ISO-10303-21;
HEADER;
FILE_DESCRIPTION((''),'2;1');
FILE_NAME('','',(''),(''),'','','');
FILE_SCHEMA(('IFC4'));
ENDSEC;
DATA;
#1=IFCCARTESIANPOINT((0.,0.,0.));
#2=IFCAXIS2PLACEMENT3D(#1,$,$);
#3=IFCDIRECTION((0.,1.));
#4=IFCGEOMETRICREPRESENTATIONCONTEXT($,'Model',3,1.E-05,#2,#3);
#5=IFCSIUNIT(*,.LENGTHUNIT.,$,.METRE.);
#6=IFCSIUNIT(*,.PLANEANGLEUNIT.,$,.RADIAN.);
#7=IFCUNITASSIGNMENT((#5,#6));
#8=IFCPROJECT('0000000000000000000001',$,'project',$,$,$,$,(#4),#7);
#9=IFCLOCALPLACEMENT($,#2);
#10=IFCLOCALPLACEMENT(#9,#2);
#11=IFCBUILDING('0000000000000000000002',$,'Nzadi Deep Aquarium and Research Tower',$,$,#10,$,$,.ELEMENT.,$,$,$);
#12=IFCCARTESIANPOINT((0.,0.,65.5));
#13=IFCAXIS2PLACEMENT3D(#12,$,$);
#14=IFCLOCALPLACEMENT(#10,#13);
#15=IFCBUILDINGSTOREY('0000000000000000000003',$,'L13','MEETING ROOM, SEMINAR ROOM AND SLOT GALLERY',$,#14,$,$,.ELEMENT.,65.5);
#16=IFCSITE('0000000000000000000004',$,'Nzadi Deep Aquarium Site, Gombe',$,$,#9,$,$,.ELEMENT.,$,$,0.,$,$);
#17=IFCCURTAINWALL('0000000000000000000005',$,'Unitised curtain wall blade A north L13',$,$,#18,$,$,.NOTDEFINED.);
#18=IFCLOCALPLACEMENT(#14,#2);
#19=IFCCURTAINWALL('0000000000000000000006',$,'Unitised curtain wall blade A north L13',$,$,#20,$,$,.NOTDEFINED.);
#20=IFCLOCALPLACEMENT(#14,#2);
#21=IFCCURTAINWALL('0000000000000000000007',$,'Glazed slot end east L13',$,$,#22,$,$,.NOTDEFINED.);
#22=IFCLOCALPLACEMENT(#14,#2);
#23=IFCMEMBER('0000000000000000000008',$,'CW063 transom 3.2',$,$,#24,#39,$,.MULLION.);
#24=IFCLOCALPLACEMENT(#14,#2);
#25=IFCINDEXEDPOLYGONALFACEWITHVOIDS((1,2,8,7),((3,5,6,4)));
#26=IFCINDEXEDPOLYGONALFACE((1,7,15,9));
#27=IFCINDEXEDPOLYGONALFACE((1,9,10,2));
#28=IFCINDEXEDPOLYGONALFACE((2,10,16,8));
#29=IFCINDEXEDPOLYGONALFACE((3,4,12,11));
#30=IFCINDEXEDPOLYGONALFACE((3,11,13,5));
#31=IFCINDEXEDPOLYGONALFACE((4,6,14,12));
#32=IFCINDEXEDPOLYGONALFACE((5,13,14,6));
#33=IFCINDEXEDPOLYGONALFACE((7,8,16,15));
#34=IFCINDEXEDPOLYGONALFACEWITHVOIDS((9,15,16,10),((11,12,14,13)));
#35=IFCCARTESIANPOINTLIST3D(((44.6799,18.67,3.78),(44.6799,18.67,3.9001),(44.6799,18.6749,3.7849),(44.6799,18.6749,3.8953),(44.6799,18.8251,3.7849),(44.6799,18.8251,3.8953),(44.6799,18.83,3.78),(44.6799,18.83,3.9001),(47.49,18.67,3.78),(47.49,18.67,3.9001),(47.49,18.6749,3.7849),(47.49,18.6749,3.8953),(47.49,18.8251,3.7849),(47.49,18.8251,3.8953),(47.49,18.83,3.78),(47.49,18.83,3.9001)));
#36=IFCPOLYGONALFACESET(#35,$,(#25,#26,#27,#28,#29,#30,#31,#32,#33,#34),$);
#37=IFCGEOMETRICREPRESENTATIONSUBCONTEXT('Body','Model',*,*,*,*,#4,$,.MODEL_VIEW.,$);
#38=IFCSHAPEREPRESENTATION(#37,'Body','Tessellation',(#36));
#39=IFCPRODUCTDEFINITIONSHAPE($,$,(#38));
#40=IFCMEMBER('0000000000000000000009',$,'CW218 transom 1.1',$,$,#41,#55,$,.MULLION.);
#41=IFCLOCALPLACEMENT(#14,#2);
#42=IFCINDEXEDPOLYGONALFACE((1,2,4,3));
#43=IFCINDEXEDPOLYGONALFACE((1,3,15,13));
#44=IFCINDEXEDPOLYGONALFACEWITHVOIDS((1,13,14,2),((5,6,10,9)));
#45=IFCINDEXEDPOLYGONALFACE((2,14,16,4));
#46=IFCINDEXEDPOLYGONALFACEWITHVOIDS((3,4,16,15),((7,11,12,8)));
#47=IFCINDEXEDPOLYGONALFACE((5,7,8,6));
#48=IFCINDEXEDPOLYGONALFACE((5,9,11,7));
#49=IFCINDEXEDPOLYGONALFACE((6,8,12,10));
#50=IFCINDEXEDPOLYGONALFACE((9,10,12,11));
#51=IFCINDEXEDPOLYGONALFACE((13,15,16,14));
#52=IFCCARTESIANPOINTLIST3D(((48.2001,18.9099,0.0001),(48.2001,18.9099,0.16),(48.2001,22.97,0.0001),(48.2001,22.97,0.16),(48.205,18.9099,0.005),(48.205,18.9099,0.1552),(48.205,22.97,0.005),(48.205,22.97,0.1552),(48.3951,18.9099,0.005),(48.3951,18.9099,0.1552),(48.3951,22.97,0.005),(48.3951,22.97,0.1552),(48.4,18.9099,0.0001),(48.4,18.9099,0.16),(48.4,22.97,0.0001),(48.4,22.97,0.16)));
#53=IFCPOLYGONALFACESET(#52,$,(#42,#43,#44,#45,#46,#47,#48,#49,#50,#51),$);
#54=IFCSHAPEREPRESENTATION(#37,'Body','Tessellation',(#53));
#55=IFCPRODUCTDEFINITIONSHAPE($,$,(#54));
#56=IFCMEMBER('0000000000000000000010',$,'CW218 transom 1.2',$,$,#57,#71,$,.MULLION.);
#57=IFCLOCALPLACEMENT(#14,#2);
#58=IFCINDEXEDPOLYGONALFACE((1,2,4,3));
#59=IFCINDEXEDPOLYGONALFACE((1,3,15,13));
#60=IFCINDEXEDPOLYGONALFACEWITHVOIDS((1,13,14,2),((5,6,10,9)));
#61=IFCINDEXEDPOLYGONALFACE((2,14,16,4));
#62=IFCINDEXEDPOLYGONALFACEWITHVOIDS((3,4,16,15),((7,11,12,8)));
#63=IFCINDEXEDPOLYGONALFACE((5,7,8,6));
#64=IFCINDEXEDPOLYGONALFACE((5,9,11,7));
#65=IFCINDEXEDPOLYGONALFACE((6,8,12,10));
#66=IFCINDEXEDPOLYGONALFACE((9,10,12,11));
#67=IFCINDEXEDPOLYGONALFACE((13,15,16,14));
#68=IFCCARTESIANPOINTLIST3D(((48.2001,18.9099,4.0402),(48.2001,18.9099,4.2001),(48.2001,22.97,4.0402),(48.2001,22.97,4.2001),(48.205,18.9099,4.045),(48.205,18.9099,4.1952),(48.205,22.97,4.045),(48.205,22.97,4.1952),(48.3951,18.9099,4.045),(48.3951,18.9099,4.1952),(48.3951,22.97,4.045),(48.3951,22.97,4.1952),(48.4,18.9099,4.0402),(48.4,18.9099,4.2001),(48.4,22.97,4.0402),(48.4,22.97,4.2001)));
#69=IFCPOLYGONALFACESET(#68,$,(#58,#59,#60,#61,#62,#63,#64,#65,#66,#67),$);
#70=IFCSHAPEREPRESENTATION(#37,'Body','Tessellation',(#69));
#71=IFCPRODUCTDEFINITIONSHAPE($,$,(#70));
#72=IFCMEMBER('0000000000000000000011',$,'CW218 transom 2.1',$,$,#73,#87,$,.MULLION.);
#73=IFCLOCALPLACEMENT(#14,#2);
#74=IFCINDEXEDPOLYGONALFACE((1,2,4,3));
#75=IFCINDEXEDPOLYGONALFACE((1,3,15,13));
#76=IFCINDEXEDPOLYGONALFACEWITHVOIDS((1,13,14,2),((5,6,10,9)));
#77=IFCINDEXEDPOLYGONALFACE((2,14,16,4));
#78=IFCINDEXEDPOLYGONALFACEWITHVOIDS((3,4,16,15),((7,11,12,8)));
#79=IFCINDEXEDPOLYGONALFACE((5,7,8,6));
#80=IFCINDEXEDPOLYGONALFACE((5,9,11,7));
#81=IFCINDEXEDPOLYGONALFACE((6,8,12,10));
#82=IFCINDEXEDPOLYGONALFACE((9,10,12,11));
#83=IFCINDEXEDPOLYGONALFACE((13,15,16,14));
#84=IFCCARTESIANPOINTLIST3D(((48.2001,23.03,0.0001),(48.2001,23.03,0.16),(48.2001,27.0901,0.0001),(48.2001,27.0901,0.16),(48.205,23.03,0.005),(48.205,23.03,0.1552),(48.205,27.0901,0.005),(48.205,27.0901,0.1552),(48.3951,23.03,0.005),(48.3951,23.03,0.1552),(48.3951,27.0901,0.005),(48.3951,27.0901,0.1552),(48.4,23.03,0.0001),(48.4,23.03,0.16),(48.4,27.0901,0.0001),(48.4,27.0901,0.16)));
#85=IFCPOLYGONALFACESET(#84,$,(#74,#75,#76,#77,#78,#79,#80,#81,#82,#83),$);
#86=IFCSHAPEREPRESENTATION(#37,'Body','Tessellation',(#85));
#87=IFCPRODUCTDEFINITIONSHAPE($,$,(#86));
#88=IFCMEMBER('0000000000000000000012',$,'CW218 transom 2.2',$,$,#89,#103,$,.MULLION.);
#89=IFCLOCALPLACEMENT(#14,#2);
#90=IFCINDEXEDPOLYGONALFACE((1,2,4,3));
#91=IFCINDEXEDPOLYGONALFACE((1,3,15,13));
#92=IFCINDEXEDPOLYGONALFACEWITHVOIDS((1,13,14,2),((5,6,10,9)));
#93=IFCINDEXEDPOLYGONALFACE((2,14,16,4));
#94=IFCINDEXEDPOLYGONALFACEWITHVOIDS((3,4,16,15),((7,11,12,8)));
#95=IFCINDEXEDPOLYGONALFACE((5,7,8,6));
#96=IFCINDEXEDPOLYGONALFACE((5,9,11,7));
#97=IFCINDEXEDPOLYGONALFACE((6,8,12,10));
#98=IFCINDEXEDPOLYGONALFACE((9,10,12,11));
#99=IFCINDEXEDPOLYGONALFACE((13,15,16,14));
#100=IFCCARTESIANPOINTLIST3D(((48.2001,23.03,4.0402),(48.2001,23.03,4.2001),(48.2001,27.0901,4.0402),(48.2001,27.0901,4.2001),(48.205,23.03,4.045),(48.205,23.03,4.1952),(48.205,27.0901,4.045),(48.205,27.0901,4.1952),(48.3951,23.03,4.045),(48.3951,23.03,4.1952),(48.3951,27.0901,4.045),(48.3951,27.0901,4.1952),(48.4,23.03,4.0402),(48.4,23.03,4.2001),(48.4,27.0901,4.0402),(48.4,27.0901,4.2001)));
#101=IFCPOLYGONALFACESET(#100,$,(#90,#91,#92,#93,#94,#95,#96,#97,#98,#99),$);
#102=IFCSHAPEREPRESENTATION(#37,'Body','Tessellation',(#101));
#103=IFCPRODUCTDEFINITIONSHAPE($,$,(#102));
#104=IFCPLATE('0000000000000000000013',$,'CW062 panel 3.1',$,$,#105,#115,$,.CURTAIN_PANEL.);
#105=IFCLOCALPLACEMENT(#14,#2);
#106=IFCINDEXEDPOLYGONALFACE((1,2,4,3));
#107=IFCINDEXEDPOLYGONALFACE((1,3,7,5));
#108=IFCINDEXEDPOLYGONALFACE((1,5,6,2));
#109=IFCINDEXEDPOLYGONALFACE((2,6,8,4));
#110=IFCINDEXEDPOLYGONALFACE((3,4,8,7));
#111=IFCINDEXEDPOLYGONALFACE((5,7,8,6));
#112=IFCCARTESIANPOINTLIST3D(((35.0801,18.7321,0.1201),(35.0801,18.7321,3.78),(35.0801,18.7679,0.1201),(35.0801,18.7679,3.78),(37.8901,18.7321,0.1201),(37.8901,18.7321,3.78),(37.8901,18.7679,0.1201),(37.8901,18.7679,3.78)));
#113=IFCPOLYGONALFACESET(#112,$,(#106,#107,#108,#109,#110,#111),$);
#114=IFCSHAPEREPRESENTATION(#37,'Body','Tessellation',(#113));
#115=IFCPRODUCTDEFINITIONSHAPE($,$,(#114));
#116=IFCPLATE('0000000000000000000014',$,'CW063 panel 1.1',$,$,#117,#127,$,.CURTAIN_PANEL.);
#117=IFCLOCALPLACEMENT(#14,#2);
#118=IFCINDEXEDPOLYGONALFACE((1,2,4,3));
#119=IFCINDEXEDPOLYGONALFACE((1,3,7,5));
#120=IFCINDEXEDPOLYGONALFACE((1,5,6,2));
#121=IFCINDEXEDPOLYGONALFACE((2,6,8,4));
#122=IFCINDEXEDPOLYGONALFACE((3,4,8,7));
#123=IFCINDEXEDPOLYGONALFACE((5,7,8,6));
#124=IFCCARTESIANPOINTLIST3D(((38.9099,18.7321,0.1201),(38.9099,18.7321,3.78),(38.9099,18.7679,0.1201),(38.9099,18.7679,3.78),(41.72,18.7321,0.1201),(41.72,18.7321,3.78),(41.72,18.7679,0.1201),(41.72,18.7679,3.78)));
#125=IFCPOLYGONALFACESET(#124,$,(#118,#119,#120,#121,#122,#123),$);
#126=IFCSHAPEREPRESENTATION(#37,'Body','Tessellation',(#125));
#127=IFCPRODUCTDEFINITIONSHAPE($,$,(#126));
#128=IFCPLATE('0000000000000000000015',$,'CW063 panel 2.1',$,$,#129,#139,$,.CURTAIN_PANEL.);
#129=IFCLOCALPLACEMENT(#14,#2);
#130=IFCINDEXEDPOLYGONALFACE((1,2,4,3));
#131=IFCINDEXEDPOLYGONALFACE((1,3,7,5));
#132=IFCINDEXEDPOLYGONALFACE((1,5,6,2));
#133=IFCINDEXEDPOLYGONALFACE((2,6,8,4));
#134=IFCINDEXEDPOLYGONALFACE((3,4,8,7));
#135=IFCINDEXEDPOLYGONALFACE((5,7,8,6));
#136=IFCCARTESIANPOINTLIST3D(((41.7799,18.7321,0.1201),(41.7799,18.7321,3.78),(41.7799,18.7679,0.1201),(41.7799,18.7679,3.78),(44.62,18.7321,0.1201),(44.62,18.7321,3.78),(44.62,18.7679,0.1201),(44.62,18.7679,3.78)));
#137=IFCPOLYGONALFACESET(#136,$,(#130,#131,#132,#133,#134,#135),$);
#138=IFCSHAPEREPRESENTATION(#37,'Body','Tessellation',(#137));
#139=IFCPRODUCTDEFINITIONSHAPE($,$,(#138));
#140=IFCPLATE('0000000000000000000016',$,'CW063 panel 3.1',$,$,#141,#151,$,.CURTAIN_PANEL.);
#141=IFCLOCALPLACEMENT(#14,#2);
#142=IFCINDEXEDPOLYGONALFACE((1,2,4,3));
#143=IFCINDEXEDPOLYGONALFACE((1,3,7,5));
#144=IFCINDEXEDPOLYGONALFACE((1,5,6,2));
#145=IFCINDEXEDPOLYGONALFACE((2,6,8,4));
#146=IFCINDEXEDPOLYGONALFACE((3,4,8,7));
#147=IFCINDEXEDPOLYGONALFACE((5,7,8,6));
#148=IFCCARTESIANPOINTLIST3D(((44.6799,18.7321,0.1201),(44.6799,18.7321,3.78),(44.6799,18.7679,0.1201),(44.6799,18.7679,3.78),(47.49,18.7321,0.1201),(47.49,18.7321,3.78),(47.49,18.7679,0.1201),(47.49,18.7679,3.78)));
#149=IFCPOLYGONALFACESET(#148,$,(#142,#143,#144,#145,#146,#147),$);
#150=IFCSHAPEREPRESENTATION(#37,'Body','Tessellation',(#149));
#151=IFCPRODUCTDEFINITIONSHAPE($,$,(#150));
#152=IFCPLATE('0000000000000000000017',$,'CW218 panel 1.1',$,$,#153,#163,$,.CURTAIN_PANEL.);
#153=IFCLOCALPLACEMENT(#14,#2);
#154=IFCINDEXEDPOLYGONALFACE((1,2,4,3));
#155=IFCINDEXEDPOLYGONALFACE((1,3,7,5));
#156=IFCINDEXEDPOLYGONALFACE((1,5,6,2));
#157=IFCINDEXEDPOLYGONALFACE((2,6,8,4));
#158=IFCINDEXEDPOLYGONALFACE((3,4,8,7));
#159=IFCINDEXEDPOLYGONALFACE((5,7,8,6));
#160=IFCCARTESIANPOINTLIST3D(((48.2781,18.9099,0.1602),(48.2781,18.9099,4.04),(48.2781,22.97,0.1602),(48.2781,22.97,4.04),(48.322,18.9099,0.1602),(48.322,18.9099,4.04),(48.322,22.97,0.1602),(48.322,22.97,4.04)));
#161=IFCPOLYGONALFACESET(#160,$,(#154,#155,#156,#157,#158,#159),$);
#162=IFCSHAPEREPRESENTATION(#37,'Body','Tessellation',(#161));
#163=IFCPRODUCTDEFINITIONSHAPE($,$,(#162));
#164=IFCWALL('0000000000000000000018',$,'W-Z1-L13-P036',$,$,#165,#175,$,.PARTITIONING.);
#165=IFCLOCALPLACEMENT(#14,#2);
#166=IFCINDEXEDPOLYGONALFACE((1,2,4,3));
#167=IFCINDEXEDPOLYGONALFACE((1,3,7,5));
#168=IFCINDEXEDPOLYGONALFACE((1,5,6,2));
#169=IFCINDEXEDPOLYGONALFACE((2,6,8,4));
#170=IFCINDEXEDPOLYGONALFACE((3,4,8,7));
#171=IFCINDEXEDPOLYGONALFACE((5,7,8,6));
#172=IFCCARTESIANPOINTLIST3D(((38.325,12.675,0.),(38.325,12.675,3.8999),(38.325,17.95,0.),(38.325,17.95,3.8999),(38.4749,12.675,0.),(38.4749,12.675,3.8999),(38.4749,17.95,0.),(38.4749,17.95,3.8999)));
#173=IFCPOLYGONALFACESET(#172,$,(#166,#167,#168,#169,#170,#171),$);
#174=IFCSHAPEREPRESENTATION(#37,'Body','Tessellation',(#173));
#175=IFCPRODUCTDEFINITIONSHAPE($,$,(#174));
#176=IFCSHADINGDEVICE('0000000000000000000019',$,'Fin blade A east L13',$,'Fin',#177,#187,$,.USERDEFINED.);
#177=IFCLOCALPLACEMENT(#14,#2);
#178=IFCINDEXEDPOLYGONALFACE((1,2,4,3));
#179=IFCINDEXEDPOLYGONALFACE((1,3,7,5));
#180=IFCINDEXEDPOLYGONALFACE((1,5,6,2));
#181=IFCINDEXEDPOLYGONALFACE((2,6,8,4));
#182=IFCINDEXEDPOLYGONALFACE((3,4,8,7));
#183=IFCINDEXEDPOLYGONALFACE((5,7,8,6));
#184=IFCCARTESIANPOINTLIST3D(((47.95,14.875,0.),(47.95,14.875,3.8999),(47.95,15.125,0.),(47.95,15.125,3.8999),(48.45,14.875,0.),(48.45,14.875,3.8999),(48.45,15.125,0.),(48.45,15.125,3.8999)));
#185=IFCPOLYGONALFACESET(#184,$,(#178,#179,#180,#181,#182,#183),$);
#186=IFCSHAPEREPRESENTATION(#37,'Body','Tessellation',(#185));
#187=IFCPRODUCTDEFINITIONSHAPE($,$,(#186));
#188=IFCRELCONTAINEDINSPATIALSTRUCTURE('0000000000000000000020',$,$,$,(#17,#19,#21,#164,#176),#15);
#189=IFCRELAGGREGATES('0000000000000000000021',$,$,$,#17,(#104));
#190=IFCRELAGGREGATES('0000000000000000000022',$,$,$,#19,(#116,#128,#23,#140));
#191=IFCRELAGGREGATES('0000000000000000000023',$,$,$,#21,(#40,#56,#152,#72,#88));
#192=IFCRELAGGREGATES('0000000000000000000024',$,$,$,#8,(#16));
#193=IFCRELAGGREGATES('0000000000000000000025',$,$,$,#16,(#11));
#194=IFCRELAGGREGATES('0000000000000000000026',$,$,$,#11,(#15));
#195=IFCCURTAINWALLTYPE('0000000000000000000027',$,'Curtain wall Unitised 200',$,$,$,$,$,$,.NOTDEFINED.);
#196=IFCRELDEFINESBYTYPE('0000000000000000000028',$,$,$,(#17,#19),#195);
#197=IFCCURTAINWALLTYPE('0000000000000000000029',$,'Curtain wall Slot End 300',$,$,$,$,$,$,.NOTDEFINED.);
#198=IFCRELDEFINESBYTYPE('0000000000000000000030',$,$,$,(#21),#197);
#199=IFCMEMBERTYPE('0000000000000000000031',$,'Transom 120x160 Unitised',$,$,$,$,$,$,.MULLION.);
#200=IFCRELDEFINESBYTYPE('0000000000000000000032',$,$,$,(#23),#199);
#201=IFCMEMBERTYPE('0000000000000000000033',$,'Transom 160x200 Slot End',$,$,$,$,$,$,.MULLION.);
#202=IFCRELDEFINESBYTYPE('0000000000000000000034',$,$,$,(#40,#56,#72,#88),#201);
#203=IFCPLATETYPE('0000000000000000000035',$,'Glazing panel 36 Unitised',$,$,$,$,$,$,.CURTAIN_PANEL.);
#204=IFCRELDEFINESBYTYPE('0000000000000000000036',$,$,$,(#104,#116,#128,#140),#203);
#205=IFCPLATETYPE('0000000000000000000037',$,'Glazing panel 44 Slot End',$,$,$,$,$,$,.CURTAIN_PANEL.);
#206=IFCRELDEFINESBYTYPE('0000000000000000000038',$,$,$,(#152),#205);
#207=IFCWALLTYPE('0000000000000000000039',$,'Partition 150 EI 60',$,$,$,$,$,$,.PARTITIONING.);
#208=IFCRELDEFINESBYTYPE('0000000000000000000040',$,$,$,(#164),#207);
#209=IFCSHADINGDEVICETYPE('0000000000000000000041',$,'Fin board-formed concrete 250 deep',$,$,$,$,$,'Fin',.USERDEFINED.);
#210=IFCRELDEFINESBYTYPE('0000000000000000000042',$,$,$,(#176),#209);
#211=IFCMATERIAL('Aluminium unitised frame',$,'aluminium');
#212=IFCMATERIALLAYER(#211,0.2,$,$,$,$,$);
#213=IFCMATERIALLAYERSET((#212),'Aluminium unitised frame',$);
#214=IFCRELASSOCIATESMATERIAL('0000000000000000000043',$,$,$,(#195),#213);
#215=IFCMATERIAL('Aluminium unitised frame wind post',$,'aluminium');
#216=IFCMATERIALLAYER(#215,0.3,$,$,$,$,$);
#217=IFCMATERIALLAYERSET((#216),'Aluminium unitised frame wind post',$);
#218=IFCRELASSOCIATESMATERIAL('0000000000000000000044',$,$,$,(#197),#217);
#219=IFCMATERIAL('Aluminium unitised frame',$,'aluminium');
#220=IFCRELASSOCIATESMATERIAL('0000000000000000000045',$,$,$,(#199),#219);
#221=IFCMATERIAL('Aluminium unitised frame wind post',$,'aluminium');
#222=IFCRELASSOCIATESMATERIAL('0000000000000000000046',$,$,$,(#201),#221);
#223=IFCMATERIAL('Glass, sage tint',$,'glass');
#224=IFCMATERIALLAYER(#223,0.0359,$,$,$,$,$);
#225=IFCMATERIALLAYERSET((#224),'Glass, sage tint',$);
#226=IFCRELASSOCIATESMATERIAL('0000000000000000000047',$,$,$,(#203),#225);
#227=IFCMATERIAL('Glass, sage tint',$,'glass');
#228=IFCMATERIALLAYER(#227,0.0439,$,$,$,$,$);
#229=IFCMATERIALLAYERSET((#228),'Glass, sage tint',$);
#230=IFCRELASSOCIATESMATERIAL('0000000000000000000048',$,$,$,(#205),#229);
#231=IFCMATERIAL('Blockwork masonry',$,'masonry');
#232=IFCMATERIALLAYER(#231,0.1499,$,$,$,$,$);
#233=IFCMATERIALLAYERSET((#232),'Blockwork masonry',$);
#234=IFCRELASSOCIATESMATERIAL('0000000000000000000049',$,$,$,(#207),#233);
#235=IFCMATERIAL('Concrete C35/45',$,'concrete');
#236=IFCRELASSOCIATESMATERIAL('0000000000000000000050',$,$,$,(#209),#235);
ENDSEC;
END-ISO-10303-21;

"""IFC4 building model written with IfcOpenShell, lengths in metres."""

from ifc_helpers import new_model, si_unit, direction, frame, frame_2d, origin, origin_2d, place, context, subcontext, project, spatial, rectangle, hollow_rectangle, extrude, material, layer, layer_set, material_profile, profile_set, type_object, element, aggregate, save


model = new_model("IFC4")

# Units and contexts
model_context = context("Model", 3, precision=1e-05, world=origin(), true_north=direction((0.0, 1.0)))
body_context = subcontext(model_context, "Body", "Model", "MODEL_VIEW")
ifc_project = project(units=[si_unit("LENGTHUNIT", "METRE"), si_unit("PLANEANGLEUNIT", "RADIAN")], contexts=[model_context])

# Site, building, storey
site_placement = place(None, origin())
site = spatial("IfcSite", under=ifc_project, at=site_placement, Name="Nzadi Deep Aquarium Site, Gombe", CompositionType="ELEMENT", RefElevation=0.0)
building_placement = place(site_placement, origin())
building = spatial("IfcBuilding", under=site, at=building_placement, Name="Nzadi Deep Aquarium and Research Tower", CompositionType="ELEMENT")
storey_placement = place(building_placement, frame((0.0, 0.0, 65.5)))
storey = spatial("IfcBuildingStorey", under=building, at=storey_placement, Name="L13", Description="MEETING ROOM, SEMINAR ROOM AND SLOT GALLERY", CompositionType="ELEMENT", Elevation=65.5)

# Curtain wall
ifc_material_1 = material(Name="Aluminium unitised frame", Category="aluminium")
ifc_layer_1 = layer(ifc_material_1, 0.2)
ifc_layer_set_1 = layer_set([ifc_layer_1], Name="Aluminium unitised frame")
curtain_wall_type_1 = type_object("IfcCurtainWallType", Name="Curtain wall Unitised 200", PredefinedType="NOTDEFINED", material=ifc_layer_set_1)
curtain_wall_1_placement = place(storey_placement, origin())
curtain_wall_1 = element("IfcCurtainWall", 1, at=curtain_wall_1_placement, inside=storey, type_object=curtain_wall_type_1, Name="Unitised curtain wall blade A north L13", PredefinedType="NOTDEFINED")

# Curtain walls
curtain_wall_2_placement = place(storey_placement, origin())
curtain_wall_2 = element("IfcCurtainWall", 2, at=curtain_wall_2_placement, inside=storey, type_object=curtain_wall_type_1, Name="Unitised curtain wall blade A north L13", PredefinedType="NOTDEFINED")
ifc_material_2 = material(Name="Aluminium unitised frame wind post", Category="aluminium")
ifc_layer_2 = layer(ifc_material_2, 0.3)
ifc_layer_set_2 = layer_set([ifc_layer_2], Name="Aluminium unitised frame wind post")
curtain_wall_type_2 = type_object("IfcCurtainWallType", Name="Curtain wall Slot End 300", PredefinedType="NOTDEFINED", material=ifc_layer_set_2)
curtain_wall_3_placement = place(storey_placement, origin())
curtain_wall_3 = element("IfcCurtainWall", 3, at=curtain_wall_3_placement, inside=storey, type_object=curtain_wall_type_2, Name="Glazed slot end east L13", PredefinedType="NOTDEFINED")

# Members
ifc_material_3 = material(Name="Aluminium unitised frame", Category="aluminium")
ifc_material_profile_1 = material_profile(ifc_material_3, hollow_rectangle(XDim=0.1599, YDim=0.1201, WallThickness=0.0049, at=origin_2d()))
ifc_profile_set_1 = profile_set([ifc_material_profile_1], Name="Aluminium unitised frame")
member_type_1 = type_object("IfcMemberType", Name="Transom 120x160 Unitised", PredefinedType="MULLION", material=ifc_profile_set_1)
member_1_placement = place(storey_placement, frame((44.6799, 18.75, 3.8401), z_axis=(1.0, 0.0, 0.0), x_axis=(0.0, 1.0, 0.0)))
member_1 = element("IfcMember", 4, at=member_1_placement, type_object=member_type_1, Name="CW063 transom 3.2", PredefinedType="MULLION", context=body_context, shape_type="SweptSolid", body=[
    extrude(hollow_rectangle(XDim=0.1599, YDim=0.1201, WallThickness=0.0049, at=origin_2d()), origin(), (0.0, 0.0, 1.0), 2.8101),
])
ifc_material_4 = material(Name="Aluminium unitised frame wind post", Category="aluminium")
ifc_material_profile_2 = material_profile(ifc_material_4, hollow_rectangle(XDim=0.2, YDim=0.1599, WallThickness=0.0049, at=origin_2d()))
ifc_profile_set_2 = profile_set([ifc_material_profile_2], Name="Aluminium unitised frame wind post")
member_type_2 = type_object("IfcMemberType", Name="Transom 160x200 Slot End", PredefinedType="MULLION", material=ifc_profile_set_2)
member_2_placement = place(storey_placement, frame((48.3, 18.9099, 0.0801), z_axis=(0.0, 1.0, 0.0), x_axis=(-1.0, 0.0, 0.0)))
member_2 = element("IfcMember", 5, at=member_2_placement, type_object=member_type_2, Name="CW218 transom 1.1", PredefinedType="MULLION", context=body_context, shape_type="SweptSolid", body=[
    extrude(hollow_rectangle(XDim=0.2, YDim=0.1599, WallThickness=0.0049, at=origin_2d()), origin(), (0.0, 0.0, 1.0), 4.0601),
])
member_3_placement = place(storey_placement, frame((48.3, 18.9099, 4.1201), z_axis=(0.0, 1.0, 0.0), x_axis=(-1.0, 0.0, 0.0)))
member_3 = element("IfcMember", 6, at=member_3_placement, type_object=member_type_2, Name="CW218 transom 1.2", PredefinedType="MULLION", context=body_context, shape_type="SweptSolid", body=[
    extrude(hollow_rectangle(XDim=0.2, YDim=0.1599, WallThickness=0.0049, at=origin_2d()), origin(), (0.0, 0.0, 1.0), 4.0601),
])
member_4_placement = place(storey_placement, frame((48.3, 23.03, 0.0801), z_axis=(0.0, 1.0, 0.0), x_axis=(-1.0, 0.0, 0.0)))
member_4 = element("IfcMember", 7, at=member_4_placement, type_object=member_type_2, Name="CW218 transom 2.1", PredefinedType="MULLION", context=body_context, shape_type="SweptSolid", body=[
    extrude(hollow_rectangle(XDim=0.2, YDim=0.1599, WallThickness=0.0049, at=origin_2d()), origin(), (0.0, 0.0, 1.0), 4.0601),
])
member_5_placement = place(storey_placement, frame((48.3, 23.03, 4.1201), z_axis=(0.0, 1.0, 0.0), x_axis=(-1.0, 0.0, 0.0)))
member_5 = element("IfcMember", 8, at=member_5_placement, type_object=member_type_2, Name="CW218 transom 2.2", PredefinedType="MULLION", context=body_context, shape_type="SweptSolid", body=[
    extrude(hollow_rectangle(XDim=0.2, YDim=0.1599, WallThickness=0.0049, at=origin_2d()), origin(), (0.0, 0.0, 1.0), 4.0601),
])

# Plates
ifc_material_5 = material(Name="Glass, sage tint", Category="glass")
ifc_layer_3 = layer(ifc_material_5, 0.0359)
ifc_layer_set_3 = layer_set([ifc_layer_3], Name="Glass, sage tint")
plate_type_1 = type_object("IfcPlateType", Name="Glazing panel 36 Unitised", PredefinedType="CURTAIN_PANEL", material=ifc_layer_set_3)
plate_1_placement = place(storey_placement, frame((36.4851, 18.75, 0.1201), z_axis=(0.0, 0.0, 1.0), x_axis=(1.0, 0.0, 0.0)))
plate_1 = element("IfcPlate", 9, at=plate_1_placement, type_object=plate_type_1, Name="CW062 panel 3.1", PredefinedType="CURTAIN_PANEL", context=body_context, shape_type="SweptSolid", body=[
    extrude(rectangle(XDim=2.8101, YDim=0.0359, at=origin_2d()), origin(), (0.0, 0.0, 1.0), 3.6599),
])
aggregate(curtain_wall_1, [plate_1])
plate_2_placement = place(storey_placement, frame((40.3149, 18.75, 0.1201), z_axis=(0.0, 0.0, 1.0), x_axis=(1.0, 0.0, 0.0)))
plate_2 = element("IfcPlate", 10, at=plate_2_placement, type_object=plate_type_1, Name="CW063 panel 1.1", PredefinedType="CURTAIN_PANEL", context=body_context, shape_type="SweptSolid", body=[
    extrude(rectangle(XDim=2.8101, YDim=0.0359, at=origin_2d()), origin(), (0.0, 0.0, 1.0), 3.6599),
])
plate_3_placement = place(storey_placement, frame((43.2, 18.75, 0.1201), z_axis=(0.0, 0.0, 1.0), x_axis=(1.0, 0.0, 0.0)))
plate_3 = element("IfcPlate", 11, at=plate_3_placement, type_object=plate_type_1, Name="CW063 panel 2.1", PredefinedType="CURTAIN_PANEL", context=body_context, shape_type="SweptSolid", body=[
    extrude(rectangle(XDim=2.8401, YDim=0.0359, at=origin_2d()), origin(), (0.0, 0.0, 1.0), 3.6599),
])
plate_4_placement = place(storey_placement, frame((46.085, 18.75, 0.1201), z_axis=(0.0, 0.0, 1.0), x_axis=(1.0, 0.0, 0.0)))
plate_4 = element("IfcPlate", 12, at=plate_4_placement, type_object=plate_type_1, Name="CW063 panel 3.1", PredefinedType="CURTAIN_PANEL", context=body_context, shape_type="SweptSolid", body=[
    extrude(rectangle(XDim=2.8101, YDim=0.0359, at=origin_2d()), origin(), (0.0, 0.0, 1.0), 3.6599),
])
aggregate(curtain_wall_2, [plate_2, plate_3, member_1, plate_4])
ifc_material_6 = material(Name="Glass, sage tint", Category="glass")
ifc_layer_4 = layer(ifc_material_6, 0.0439)
ifc_layer_set_4 = layer_set([ifc_layer_4], Name="Glass, sage tint")
plate_type_2 = type_object("IfcPlateType", Name="Glazing panel 44 Slot End", PredefinedType="CURTAIN_PANEL", material=ifc_layer_set_4)
plate_5_placement = place(storey_placement, frame((48.3, 20.9399, 0.1602), z_axis=(0.0, 0.0, 1.0), x_axis=(0.0, 1.0, 0.0)))
plate_5 = element("IfcPlate", 13, at=plate_5_placement, type_object=plate_type_2, Name="CW218 panel 1.1", PredefinedType="CURTAIN_PANEL", context=body_context, shape_type="SweptSolid", body=[
    extrude(rectangle(XDim=4.0601, YDim=0.0439, at=origin_2d()), origin(), (0.0, 0.0, 1.0), 3.8799),
])
aggregate(curtain_wall_3, [member_2, member_3, plate_5, member_4, member_5])

# Wall
ifc_material_7 = material(Name="Blockwork masonry", Category="masonry")
ifc_layer_5 = layer(ifc_material_7, 0.1499)
ifc_layer_set_5 = layer_set([ifc_layer_5], Name="Blockwork masonry")
wall_type = type_object("IfcWallType", Name="Partition 150 EI 60", PredefinedType="PARTITIONING", material=ifc_layer_set_5)
wall_placement = place(storey_placement, frame((38.3999, 12.675, 0.0), z_axis=(0.0, 0.0, 1.0), x_axis=(0.0, 1.0, 0.0)))
element("IfcWall", 14, at=wall_placement, inside=storey, type_object=wall_type, Name="W-Z1-L13-P036", PredefinedType="PARTITIONING", context=body_context, shape_type="SweptSolid", body=[
    extrude(rectangle(XDim=5.2749, YDim=0.1499, at=frame_2d((2.6375, 0.0))), origin(), (0.0, 0.0, 1.0), 3.8999),
])

# Shading device
ifc_material_8 = material(Name="Concrete C35/45", Category="concrete")
shading_device_type = type_object("IfcShadingDeviceType", Name="Fin board-formed concrete 250 deep", ElementType="Fin", PredefinedType="USERDEFINED", material=ifc_material_8)
shading_device_placement = place(storey_placement, frame((48.2, 15.0, 0.0), z_axis=(0.0, 0.0, 1.0), x_axis=(1.0, 0.0, 0.0)))
element("IfcShadingDevice", 15, at=shading_device_placement, inside=storey, type_object=shading_device_type, Name="Fin blade A east L13", ObjectType="Fin", PredefinedType="USERDEFINED", context=body_context, shape_type="SweptSolid", body=[
    extrude(rectangle(XDim=0.5, YDim=0.25, at=origin_2d()), origin(), (0.0, 0.0, 1.0), 3.8999),
])

save(model, "model.ifc")
